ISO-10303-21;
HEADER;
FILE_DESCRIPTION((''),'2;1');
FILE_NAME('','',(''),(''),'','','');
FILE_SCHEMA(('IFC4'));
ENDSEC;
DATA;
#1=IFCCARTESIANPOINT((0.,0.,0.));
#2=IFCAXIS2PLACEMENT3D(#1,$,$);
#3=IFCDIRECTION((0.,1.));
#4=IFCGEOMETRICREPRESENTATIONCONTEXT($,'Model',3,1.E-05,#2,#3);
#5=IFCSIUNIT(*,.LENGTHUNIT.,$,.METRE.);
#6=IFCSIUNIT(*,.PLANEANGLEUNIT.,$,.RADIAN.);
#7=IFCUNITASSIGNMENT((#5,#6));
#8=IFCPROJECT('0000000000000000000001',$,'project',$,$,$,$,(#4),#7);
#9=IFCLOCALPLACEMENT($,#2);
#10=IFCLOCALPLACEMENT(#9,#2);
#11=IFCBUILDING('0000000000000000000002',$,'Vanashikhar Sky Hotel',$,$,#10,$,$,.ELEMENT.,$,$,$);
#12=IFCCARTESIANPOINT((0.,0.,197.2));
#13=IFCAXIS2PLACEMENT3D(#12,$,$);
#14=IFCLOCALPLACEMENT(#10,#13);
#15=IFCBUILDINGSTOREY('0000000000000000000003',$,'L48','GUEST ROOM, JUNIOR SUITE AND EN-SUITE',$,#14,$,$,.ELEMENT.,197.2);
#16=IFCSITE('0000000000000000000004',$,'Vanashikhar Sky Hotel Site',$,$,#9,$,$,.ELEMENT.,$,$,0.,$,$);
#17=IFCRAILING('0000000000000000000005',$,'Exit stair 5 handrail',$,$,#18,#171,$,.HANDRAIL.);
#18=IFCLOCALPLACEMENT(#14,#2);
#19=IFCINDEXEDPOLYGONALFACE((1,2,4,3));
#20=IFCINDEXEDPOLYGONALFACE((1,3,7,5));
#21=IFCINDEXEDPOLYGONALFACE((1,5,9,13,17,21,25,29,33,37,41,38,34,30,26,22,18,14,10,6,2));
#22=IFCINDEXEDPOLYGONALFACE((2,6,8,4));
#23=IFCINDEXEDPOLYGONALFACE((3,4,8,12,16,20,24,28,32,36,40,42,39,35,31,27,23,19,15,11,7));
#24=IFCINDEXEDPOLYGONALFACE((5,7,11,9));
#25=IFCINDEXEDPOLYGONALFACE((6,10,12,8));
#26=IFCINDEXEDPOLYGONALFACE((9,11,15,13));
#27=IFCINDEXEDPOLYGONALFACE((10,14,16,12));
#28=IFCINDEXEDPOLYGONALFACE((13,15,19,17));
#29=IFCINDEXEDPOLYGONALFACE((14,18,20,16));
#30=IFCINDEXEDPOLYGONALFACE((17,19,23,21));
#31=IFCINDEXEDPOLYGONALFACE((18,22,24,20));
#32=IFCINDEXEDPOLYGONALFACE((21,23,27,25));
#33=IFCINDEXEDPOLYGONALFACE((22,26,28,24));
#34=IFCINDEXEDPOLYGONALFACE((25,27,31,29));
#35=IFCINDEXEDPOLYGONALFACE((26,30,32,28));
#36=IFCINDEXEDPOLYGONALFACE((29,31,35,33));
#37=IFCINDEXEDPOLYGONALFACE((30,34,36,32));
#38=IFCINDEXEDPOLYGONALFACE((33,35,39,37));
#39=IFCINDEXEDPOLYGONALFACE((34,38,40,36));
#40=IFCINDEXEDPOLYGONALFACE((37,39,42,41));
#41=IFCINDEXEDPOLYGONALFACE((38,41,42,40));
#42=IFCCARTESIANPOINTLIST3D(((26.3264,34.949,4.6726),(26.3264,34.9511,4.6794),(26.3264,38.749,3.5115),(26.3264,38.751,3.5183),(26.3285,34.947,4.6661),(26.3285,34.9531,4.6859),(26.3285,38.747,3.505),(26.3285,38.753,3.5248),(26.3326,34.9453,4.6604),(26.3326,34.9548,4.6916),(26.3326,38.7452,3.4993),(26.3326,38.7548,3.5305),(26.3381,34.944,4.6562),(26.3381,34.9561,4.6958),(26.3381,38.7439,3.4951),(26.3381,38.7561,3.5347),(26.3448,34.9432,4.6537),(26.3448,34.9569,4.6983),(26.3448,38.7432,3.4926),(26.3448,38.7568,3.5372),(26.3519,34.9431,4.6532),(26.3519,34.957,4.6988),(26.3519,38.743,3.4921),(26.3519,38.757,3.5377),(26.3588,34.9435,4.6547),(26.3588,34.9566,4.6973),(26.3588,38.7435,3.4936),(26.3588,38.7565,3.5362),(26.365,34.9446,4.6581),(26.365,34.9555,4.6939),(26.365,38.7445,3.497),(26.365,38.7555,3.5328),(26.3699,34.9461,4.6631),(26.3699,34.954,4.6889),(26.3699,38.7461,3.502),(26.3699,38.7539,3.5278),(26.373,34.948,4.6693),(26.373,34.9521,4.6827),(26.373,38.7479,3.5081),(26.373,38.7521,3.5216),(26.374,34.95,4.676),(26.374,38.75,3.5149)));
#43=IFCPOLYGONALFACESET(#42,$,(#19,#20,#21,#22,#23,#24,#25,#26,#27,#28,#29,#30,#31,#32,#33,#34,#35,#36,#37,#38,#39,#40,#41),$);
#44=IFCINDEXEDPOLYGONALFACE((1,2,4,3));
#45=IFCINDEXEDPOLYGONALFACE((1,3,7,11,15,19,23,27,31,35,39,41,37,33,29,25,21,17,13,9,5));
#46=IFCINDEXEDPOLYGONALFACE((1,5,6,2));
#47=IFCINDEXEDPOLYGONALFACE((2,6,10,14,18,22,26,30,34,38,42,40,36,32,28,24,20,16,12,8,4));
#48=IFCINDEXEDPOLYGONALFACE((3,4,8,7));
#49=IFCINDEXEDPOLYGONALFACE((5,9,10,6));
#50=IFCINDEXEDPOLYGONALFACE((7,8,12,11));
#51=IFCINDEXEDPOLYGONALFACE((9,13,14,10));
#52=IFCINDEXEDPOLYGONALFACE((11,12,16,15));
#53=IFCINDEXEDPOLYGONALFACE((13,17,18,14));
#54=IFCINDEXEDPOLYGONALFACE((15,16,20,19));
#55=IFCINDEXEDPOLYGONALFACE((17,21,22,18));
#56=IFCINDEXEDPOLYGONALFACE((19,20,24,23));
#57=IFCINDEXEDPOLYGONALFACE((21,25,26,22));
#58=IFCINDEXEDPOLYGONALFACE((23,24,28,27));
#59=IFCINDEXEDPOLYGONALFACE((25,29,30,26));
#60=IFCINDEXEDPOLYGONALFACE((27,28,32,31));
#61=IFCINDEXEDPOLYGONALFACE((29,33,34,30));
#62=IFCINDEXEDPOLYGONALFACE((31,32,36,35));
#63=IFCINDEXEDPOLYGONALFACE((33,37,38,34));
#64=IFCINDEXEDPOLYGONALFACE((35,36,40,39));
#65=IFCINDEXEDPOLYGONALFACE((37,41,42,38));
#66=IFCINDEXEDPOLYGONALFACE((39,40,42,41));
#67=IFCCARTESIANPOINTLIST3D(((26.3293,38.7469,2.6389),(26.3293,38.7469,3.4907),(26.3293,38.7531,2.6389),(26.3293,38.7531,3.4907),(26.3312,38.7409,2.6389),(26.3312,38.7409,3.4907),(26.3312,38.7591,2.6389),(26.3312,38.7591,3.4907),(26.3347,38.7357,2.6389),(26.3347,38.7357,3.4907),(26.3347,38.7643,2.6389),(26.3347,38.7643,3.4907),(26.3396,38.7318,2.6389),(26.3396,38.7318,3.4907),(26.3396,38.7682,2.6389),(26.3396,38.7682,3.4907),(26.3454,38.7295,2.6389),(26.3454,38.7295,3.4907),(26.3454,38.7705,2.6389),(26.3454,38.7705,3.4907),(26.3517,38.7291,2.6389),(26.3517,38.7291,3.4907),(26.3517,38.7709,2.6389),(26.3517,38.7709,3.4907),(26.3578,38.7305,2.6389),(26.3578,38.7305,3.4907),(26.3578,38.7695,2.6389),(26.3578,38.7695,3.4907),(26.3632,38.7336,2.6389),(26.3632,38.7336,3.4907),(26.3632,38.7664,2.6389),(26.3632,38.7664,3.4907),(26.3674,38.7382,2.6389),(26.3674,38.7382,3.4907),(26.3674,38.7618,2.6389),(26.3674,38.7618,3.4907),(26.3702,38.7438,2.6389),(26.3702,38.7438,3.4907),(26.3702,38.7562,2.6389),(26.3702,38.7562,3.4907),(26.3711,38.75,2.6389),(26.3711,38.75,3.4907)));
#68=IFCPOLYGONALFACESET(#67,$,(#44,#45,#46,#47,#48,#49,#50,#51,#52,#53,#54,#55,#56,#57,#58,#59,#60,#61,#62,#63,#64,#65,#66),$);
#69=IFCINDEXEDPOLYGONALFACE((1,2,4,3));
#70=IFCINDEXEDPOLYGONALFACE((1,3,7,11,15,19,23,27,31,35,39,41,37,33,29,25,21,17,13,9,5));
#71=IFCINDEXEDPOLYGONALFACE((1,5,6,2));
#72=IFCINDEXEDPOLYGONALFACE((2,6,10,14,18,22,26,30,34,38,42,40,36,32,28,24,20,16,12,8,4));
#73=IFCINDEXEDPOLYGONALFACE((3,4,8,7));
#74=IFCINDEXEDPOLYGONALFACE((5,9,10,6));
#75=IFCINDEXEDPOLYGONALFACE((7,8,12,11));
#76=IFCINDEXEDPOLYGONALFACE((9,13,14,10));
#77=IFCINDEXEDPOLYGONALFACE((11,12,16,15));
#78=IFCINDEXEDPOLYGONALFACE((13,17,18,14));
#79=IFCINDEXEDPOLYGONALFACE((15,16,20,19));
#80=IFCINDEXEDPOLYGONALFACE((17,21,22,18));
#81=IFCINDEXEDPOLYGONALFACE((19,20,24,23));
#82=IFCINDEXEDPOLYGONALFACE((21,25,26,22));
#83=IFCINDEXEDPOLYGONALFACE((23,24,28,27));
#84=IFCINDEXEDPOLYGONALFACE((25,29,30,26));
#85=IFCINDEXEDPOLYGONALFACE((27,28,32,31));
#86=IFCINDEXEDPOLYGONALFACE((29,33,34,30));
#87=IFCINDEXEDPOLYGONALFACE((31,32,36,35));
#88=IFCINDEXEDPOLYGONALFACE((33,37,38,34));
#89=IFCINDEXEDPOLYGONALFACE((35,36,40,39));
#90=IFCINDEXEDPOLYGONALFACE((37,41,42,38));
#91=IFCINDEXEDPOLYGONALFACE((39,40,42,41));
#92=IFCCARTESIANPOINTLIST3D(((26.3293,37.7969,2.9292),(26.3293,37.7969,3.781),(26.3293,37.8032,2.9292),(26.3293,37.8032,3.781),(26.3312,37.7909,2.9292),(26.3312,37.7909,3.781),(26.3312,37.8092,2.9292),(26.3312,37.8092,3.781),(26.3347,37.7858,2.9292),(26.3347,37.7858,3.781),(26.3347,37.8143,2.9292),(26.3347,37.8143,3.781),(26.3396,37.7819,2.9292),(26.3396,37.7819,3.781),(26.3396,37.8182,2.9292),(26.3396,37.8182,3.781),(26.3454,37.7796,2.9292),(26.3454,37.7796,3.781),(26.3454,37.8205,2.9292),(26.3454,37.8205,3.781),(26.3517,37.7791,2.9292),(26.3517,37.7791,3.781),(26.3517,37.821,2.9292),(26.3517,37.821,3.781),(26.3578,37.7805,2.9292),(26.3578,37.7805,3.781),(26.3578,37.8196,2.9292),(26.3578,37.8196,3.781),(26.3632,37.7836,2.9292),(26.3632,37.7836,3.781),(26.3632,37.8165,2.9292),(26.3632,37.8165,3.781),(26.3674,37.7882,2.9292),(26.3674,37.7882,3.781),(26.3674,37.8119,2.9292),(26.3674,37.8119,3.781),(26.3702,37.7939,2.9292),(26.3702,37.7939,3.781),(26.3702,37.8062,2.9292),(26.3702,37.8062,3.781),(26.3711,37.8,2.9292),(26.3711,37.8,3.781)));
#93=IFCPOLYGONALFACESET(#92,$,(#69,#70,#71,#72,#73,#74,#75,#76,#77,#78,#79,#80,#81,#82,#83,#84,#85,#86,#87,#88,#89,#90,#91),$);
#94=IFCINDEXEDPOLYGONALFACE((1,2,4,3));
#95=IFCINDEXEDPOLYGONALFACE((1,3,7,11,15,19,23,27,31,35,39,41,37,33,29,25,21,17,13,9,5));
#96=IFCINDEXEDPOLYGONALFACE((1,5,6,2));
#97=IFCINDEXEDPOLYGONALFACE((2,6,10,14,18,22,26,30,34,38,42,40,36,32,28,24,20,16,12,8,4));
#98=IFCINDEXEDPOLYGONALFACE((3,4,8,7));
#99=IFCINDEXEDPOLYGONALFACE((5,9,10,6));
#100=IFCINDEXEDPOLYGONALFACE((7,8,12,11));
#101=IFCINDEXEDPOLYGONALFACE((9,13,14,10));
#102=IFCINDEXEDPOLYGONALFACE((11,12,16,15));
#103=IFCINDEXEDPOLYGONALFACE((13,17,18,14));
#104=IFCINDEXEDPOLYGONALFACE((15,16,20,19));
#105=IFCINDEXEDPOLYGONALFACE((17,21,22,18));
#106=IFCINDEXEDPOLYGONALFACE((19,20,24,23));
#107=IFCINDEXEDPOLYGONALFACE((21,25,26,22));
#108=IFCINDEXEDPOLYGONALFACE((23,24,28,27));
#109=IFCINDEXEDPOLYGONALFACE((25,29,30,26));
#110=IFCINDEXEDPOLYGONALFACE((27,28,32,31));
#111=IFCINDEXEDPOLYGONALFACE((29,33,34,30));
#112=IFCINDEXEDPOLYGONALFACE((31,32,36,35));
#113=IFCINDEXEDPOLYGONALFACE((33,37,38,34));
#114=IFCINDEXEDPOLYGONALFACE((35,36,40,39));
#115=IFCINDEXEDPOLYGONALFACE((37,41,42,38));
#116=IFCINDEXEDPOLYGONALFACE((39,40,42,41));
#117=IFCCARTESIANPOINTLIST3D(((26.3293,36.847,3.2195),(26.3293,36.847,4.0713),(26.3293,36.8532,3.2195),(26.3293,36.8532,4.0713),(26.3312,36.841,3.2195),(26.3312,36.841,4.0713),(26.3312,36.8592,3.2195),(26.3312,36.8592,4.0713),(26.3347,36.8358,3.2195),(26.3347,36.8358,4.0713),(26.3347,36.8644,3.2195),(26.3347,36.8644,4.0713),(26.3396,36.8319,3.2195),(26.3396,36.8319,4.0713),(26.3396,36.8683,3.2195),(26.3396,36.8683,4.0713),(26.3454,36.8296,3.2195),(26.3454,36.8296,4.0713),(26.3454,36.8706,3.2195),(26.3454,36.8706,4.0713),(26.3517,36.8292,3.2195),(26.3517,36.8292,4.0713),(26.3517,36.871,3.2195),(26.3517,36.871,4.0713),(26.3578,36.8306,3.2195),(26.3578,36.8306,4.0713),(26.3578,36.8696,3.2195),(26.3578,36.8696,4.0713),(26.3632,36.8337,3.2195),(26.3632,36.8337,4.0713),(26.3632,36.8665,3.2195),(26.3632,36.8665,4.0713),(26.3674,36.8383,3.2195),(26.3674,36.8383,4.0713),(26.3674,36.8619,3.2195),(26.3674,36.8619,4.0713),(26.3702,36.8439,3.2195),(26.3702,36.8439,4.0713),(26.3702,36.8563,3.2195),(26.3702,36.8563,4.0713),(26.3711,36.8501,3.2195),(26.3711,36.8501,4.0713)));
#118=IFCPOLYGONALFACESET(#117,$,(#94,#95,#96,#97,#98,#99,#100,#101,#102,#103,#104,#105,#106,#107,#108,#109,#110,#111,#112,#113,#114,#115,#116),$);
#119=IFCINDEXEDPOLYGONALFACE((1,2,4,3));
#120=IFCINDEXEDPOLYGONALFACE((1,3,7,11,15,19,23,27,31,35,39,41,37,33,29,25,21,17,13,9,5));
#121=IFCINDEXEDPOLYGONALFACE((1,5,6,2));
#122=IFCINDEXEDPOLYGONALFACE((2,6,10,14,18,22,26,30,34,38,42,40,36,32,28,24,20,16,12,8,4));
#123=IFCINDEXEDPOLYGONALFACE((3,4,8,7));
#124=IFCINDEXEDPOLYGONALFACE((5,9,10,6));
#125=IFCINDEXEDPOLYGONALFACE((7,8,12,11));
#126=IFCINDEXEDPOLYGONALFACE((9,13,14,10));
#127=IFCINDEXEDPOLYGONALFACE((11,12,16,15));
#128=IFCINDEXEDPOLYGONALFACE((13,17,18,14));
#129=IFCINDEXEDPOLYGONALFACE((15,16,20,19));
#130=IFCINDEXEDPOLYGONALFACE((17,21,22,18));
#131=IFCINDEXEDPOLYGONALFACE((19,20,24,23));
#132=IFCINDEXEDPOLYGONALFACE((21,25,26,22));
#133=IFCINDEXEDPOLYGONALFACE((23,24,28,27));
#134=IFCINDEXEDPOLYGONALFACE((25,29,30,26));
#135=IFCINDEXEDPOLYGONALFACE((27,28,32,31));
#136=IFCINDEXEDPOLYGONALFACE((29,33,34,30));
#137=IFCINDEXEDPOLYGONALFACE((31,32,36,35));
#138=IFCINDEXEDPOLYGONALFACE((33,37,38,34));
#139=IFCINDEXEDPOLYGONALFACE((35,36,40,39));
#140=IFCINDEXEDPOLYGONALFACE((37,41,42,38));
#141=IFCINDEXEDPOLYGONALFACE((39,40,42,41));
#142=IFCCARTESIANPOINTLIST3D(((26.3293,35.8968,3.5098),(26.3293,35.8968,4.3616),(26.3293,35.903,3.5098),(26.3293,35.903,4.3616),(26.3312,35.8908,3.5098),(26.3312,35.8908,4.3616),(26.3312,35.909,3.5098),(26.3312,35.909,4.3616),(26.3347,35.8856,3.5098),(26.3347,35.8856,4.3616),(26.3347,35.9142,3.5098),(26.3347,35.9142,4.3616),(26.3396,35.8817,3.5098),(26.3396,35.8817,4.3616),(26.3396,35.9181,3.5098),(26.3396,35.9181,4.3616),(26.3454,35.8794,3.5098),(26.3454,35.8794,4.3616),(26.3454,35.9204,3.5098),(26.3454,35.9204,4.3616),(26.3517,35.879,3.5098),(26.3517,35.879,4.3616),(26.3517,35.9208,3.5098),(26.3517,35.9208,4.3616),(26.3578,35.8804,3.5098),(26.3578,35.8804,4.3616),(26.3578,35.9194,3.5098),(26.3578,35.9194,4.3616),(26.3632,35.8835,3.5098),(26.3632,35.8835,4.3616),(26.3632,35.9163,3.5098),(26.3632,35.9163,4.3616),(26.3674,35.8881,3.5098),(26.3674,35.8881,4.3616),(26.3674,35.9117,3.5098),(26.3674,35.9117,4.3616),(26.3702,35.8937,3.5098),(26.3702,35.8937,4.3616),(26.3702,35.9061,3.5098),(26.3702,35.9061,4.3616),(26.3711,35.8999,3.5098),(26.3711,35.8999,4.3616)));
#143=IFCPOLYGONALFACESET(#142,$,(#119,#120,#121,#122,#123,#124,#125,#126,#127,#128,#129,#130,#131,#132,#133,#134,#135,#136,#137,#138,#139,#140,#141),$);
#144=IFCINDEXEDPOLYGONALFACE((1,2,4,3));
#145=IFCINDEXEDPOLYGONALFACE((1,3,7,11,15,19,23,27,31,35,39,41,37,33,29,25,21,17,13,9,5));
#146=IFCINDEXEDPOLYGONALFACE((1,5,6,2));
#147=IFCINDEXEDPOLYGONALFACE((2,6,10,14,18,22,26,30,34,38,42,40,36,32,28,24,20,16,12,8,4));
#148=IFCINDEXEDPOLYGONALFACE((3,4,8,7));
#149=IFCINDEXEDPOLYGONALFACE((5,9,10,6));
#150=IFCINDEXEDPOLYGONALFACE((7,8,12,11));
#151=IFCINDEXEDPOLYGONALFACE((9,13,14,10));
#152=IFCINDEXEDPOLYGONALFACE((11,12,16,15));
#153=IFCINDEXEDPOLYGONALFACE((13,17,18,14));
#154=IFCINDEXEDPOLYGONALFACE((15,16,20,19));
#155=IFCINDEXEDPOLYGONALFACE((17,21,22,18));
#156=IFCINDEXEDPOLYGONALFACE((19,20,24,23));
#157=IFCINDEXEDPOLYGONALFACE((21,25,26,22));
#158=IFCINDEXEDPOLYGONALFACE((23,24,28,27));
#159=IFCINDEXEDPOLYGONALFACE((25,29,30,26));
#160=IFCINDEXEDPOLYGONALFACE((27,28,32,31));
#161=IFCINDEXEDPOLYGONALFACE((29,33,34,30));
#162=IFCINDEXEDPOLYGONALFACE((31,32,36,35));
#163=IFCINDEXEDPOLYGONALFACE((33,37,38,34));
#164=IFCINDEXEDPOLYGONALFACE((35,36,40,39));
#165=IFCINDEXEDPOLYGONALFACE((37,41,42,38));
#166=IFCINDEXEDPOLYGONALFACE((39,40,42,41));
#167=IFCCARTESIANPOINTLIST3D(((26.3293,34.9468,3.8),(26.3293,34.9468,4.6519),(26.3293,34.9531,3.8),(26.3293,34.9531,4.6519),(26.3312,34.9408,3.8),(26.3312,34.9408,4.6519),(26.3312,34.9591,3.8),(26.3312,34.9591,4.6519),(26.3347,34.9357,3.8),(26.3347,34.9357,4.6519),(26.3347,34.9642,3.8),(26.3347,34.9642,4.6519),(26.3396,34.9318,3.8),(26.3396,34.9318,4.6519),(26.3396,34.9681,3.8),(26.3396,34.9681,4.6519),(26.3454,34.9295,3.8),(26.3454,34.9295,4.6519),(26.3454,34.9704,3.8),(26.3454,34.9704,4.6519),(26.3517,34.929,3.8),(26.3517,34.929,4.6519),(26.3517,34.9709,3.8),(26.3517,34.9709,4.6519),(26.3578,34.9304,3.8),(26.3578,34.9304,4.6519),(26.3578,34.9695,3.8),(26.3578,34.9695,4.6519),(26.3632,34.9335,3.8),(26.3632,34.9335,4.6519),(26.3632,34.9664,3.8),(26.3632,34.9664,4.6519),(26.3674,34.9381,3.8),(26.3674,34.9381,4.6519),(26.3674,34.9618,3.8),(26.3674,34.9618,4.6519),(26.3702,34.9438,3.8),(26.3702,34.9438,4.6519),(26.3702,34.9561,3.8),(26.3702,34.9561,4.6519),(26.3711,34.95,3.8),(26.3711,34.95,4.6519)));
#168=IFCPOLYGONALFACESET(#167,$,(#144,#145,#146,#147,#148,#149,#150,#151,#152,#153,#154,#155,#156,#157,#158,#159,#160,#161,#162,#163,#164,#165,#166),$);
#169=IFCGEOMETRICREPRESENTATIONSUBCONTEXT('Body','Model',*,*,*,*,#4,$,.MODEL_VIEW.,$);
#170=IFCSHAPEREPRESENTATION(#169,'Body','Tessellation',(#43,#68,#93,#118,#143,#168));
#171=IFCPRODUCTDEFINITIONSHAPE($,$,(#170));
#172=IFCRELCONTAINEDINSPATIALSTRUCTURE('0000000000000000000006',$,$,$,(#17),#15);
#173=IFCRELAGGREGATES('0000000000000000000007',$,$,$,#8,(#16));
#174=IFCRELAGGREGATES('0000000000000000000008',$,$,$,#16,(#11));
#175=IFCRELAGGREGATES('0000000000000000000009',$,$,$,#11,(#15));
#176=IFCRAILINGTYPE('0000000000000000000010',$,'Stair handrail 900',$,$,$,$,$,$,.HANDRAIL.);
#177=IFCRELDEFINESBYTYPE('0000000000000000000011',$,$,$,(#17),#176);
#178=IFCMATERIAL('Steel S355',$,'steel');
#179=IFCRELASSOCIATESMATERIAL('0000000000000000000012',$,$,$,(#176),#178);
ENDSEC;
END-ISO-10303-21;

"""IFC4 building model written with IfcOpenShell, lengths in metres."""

from ifc_helpers import new_model, si_unit, direction, frame, origin, origin_2d, place, context, subcontext, project, spatial, circle, extrude, source, transform, mapped, material, type_object, element, save


model = new_model("IFC4")

# Units and contexts
model_context = context("Model", 3, precision=1e-05, world=origin(), true_north=direction((0.0, 1.0)))
body_context = subcontext(model_context, "Body", "Model", "MODEL_VIEW")
ifc_project = project(units=[si_unit("LENGTHUNIT", "METRE"), si_unit("PLANEANGLEUNIT", "RADIAN")], contexts=[model_context])

# Site, building, storey
site_placement = place(None, origin())
site = spatial("IfcSite", under=ifc_project, at=site_placement, Name="Vanashikhar Sky Hotel Site", CompositionType="ELEMENT", RefElevation=0.0)
building_placement = place(site_placement, origin())
building = spatial("IfcBuilding", under=site, at=building_placement, Name="Vanashikhar Sky Hotel", CompositionType="ELEMENT")
storey_placement = place(building_placement, frame((0.0, 0.0, 197.2)))
storey = spatial("IfcBuildingStorey", under=building, at=storey_placement, Name="L48", Description="GUEST ROOM, JUNIOR SUITE AND EN-SUITE", CompositionType="ELEMENT", Elevation=197.2)

# Railing
ifc_material_1 = material(Name="Steel S355", Category="steel")
railing_type_1 = type_object("IfcRailingType", Name="Stair handrail 900", PredefinedType="HANDRAIL", material=ifc_material_1)
shared_shape_1 = source(origin(), body_context, "Body", "SweptSolid", [
    extrude(circle(Radius=0.0239, at=origin_2d()), frame((0.0, 0.0, 0.876), z_axis=(0.0, -0.956351, 0.29222), x_axis=(1.0, 0.0, 0.0)), (0.0, 0.0, 1.0), 3.9734),
    extrude(circle(Radius=0.021, at=origin_2d()), origin(), (0.0, 0.0, 1.0), 0.8518),
    extrude(circle(Radius=0.021, at=origin_2d()), frame((0.0, -0.95, 0.2903)), (0.0, 0.0, 1.0), 0.8518),
    extrude(circle(Radius=0.021, at=origin_2d()), frame((0.0, -1.8999, 0.5806)), (0.0, 0.0, 1.0), 0.8518),
    extrude(circle(Radius=0.021, at=origin_2d()), frame((0.0, -2.8501, 0.8708)), (0.0, 0.0, 1.0), 0.8518),
    extrude(circle(Radius=0.021, at=origin_2d()), frame((0.0, -3.8, 1.1611)), (0.0, 0.0, 1.0), 0.8518),
])
for number, where, name in (
    (1, (26.3501, 38.75, 2.6389), "Exit stair 5 handrail"),
):
    element("IfcRailing", number, at=place(storey_placement, frame(where)), inside=storey, type_object=railing_type_1, Name=name, PredefinedType="HANDRAIL", context=body_context, shape_type="MappedRepresentation", body=[
        mapped(shared_shape_1, transform((0.0, 0.0, 0.0), scale=1.0)),
    ])

save(model, "model.ifc")
